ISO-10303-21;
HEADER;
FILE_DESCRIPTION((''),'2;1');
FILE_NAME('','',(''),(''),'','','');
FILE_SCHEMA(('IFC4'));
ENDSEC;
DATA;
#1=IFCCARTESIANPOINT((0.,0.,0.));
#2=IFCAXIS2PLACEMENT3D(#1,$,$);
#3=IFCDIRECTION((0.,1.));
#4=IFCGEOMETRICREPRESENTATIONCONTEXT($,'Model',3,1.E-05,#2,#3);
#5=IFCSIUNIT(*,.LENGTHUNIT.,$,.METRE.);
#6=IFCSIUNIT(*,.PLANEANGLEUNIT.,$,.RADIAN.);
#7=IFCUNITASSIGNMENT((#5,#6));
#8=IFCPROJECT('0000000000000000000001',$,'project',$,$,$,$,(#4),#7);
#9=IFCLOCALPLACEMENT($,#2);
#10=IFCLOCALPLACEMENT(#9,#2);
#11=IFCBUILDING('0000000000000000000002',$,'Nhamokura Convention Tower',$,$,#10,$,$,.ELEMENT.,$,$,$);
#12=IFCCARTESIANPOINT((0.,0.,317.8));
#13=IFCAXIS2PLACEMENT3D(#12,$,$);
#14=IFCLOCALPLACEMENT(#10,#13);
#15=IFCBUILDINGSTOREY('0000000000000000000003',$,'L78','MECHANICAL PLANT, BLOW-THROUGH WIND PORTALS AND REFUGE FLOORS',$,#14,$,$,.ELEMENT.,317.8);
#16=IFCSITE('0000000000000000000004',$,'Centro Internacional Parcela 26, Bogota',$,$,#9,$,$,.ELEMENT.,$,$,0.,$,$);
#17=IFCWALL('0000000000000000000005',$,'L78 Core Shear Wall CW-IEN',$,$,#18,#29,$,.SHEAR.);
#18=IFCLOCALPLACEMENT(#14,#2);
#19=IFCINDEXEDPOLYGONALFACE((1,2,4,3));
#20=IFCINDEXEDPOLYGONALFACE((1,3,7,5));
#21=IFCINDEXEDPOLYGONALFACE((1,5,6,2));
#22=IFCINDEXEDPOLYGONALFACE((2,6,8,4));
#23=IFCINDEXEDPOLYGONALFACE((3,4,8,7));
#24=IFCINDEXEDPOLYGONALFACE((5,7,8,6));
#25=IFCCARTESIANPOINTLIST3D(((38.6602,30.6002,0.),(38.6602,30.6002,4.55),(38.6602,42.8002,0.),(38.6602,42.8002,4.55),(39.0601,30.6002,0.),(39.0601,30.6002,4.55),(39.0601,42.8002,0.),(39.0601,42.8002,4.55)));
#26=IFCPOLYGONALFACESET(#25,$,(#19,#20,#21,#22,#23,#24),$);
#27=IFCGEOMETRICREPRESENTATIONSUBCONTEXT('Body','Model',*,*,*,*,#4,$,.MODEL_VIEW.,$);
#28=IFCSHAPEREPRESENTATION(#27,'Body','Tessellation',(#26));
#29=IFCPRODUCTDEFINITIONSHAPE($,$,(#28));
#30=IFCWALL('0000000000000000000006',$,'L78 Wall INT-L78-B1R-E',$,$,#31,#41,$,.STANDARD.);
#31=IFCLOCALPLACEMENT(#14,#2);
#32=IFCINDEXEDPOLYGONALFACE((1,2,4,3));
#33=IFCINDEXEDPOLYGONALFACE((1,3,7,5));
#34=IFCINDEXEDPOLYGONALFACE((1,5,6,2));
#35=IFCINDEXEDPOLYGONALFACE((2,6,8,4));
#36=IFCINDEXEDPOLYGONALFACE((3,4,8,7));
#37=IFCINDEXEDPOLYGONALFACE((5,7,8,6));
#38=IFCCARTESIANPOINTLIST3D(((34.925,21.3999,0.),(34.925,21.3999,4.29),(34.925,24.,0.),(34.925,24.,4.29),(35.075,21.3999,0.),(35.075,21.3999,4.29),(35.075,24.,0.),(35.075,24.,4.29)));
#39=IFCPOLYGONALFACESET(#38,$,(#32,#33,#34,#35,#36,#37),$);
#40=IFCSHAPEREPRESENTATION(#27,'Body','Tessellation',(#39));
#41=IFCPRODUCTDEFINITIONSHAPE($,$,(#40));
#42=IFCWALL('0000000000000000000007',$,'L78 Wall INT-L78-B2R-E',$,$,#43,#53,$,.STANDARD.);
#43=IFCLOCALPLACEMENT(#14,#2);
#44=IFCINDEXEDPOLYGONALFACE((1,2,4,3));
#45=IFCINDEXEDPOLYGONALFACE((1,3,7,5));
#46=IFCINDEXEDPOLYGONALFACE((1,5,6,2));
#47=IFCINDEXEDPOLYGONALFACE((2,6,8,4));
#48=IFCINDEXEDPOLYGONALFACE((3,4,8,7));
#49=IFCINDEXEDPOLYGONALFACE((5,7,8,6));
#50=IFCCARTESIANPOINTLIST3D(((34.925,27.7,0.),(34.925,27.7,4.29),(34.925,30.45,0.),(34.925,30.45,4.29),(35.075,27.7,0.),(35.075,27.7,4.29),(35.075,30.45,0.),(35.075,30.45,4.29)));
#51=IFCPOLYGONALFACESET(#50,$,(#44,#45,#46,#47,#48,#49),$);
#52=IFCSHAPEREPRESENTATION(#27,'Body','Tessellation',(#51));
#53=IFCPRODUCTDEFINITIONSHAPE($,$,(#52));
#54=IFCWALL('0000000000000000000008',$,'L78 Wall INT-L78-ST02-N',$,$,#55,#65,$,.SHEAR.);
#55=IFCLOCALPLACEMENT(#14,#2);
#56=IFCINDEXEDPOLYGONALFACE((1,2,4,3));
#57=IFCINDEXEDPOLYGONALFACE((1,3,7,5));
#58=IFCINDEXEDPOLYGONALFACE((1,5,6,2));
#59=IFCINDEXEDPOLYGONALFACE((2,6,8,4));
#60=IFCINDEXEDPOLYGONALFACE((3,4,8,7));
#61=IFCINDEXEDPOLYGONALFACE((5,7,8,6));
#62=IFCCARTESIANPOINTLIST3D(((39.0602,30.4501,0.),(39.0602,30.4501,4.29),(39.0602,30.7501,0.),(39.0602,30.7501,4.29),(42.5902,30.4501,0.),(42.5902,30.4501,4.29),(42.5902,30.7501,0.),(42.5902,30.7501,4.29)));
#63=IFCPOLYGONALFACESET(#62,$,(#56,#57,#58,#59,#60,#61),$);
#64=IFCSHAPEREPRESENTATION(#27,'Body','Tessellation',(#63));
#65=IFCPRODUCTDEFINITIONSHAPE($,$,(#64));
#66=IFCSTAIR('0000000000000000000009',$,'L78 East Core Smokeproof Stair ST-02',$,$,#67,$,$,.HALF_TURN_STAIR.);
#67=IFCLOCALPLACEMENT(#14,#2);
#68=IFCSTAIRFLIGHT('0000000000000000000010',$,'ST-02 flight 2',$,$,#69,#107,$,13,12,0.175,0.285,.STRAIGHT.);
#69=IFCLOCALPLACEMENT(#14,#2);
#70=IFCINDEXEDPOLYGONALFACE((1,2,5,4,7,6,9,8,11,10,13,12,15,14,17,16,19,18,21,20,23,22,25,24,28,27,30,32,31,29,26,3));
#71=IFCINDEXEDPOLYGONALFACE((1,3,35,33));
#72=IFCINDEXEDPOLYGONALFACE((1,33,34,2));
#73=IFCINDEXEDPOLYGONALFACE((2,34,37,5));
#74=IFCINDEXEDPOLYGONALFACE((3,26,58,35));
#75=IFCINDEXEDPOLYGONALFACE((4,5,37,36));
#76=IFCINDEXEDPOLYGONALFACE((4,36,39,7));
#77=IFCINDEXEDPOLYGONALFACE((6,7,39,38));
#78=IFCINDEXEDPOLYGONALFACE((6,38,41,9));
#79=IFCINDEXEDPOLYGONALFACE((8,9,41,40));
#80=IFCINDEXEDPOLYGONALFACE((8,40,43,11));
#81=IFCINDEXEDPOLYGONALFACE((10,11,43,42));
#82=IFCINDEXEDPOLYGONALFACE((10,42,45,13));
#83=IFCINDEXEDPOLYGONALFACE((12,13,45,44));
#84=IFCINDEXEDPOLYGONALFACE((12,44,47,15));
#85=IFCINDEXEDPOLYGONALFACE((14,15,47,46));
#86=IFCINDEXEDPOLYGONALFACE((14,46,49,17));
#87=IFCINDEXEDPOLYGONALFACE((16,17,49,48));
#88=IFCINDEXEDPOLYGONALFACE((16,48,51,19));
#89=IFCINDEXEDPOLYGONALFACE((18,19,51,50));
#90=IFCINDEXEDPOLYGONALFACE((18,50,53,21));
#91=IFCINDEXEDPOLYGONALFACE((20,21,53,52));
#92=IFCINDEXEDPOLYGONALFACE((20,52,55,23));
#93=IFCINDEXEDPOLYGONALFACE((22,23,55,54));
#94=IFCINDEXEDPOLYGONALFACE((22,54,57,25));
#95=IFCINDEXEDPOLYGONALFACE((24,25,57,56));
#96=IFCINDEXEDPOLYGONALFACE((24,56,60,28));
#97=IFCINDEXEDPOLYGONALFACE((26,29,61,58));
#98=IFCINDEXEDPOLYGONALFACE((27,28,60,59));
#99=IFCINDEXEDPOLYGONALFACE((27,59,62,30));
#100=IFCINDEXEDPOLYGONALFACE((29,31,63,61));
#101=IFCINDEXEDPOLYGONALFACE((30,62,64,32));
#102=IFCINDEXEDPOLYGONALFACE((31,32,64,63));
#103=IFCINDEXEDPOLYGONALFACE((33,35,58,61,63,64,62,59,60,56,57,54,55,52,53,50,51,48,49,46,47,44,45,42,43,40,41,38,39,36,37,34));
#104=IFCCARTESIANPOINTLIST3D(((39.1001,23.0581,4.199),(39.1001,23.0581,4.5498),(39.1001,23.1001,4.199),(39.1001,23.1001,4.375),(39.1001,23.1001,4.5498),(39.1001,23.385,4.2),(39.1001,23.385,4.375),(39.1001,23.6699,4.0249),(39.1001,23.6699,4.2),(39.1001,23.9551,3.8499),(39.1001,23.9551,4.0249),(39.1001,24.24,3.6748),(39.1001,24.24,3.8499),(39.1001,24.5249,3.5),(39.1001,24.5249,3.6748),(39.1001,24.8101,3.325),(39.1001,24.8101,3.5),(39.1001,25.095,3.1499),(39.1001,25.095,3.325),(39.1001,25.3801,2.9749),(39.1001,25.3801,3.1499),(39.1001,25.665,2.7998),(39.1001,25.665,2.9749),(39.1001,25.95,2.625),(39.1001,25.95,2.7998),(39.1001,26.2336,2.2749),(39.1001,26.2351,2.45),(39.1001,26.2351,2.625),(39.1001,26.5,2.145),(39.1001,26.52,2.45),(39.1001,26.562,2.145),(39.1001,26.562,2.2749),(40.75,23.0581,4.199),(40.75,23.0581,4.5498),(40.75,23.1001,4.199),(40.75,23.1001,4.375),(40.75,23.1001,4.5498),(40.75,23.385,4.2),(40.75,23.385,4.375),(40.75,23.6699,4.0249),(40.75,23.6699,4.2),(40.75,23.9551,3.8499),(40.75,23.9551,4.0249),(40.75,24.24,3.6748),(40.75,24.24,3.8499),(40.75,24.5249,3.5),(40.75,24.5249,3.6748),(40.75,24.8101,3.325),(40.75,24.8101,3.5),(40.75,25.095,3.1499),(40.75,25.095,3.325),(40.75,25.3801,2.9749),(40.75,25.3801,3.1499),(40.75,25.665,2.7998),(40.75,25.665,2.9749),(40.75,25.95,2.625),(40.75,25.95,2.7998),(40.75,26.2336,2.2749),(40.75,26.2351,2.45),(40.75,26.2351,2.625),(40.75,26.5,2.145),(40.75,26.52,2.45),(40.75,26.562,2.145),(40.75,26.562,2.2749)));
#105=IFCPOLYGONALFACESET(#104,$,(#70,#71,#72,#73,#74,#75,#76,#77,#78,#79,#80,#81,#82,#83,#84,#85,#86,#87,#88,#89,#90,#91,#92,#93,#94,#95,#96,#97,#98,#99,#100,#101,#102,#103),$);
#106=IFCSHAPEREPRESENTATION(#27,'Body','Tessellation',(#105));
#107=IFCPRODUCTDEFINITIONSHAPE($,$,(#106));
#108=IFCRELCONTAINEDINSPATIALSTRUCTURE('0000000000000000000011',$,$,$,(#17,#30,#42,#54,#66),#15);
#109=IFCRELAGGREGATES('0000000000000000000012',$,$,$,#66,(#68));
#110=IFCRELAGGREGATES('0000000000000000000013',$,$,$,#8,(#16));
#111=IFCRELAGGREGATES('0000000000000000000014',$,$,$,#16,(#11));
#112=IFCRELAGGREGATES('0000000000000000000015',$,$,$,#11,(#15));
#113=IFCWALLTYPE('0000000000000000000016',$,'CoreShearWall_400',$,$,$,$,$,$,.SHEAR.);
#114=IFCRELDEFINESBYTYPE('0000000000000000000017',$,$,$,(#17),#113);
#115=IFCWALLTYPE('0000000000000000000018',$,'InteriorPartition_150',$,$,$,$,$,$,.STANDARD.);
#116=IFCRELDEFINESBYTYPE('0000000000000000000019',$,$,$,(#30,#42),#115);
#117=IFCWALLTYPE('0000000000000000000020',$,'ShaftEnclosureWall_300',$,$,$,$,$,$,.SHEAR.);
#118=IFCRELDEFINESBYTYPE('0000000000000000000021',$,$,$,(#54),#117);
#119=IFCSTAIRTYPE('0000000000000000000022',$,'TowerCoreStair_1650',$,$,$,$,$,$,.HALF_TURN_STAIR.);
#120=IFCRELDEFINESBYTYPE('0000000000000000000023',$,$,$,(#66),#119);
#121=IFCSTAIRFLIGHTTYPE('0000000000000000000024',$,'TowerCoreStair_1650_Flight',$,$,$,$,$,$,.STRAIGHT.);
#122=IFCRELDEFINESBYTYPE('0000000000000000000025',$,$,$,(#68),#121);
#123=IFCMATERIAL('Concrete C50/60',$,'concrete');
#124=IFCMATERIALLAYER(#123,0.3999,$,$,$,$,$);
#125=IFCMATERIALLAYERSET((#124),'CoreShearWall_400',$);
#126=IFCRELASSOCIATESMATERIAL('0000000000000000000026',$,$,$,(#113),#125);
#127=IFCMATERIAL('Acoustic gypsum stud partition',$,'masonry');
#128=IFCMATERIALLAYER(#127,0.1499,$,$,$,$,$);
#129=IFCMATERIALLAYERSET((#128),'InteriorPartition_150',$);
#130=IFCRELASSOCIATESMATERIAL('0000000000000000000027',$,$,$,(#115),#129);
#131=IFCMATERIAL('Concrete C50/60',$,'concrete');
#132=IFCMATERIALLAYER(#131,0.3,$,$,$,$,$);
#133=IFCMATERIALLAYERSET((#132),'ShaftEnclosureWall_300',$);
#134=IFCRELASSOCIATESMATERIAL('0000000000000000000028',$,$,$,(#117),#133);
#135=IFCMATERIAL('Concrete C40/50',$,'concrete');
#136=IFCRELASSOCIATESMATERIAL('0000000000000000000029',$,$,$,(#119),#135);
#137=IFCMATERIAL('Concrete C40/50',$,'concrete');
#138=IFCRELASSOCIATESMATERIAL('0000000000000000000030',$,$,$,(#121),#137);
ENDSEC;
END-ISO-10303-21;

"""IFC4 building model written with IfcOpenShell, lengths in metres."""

from ifc_helpers import new_model, si_unit, direction, frame, frame_2d, origin, place, context, subcontext, project, spatial, polyline, rectangle, outline, extrude, material, layer, layer_set, type_object, element, aggregate, save


model = new_model("IFC4")

# Units and contexts
model_context = context("Model", 3, precision=1e-05, world=origin(), true_north=direction((0.0, 1.0)))
body_context = subcontext(model_context, "Body", "Model", "MODEL_VIEW")
ifc_project = project(units=[si_unit("LENGTHUNIT", "METRE"), si_unit("PLANEANGLEUNIT", "RADIAN")], contexts=[model_context])

# Site, building, storey
site_placement = place(None, origin())
site = spatial("IfcSite", under=ifc_project, at=site_placement, Name="Centro Internacional Parcela 26, Bogota", CompositionType="ELEMENT", RefElevation=0.0)
building_placement = place(site_placement, origin())
building = spatial("IfcBuilding", under=site, at=building_placement, Name="Nhamokura Convention Tower", CompositionType="ELEMENT")
storey_placement = place(building_placement, frame((0.0, 0.0, 317.8)))
storey = spatial("IfcBuildingStorey", under=building, at=storey_placement, Name="L78", Description="MECHANICAL PLANT, BLOW-THROUGH WIND PORTALS AND REFUGE FLOORS", CompositionType="ELEMENT", Elevation=317.8)

# Wall
ifc_material_1 = material(Name="Concrete C50/60", Category="concrete")
ifc_layer_1 = layer(ifc_material_1, 0.3999)
ifc_layer_set_1 = layer_set([ifc_layer_1], Name="CoreShearWall_400")
wall_type_1 = type_object("IfcWallType", Name="CoreShearWall_400", PredefinedType="SHEAR", material=ifc_layer_set_1)
wall_1_placement = place(storey_placement, frame((38.8601, 30.6001, 0.0), z_axis=(0.0, 0.0, 1.0), x_axis=(0.0, 1.0, 0.0)))
element("IfcWall", 1, at=wall_1_placement, inside=storey, type_object=wall_type_1, Name="L78 Core Shear Wall CW-IEN", PredefinedType="SHEAR", context=body_context, shape_type="SweptSolid", body=[
    extrude(rectangle(XDim=12.2, YDim=0.3999, at=frame_2d((6.1001, 0.0))), origin(), (0.0, 0.0, 1.0), 4.55),
])

# Walls
ifc_material_2 = material(Name="Acoustic gypsum stud partition", Category="masonry")
ifc_layer_2 = layer(ifc_material_2, 0.1499)
ifc_layer_set_2 = layer_set([ifc_layer_2], Name="InteriorPartition_150")
wall_type_2 = type_object("IfcWallType", Name="InteriorPartition_150", PredefinedType="STANDARD", material=ifc_layer_set_2)
wall_2_placement = place(storey_placement, frame((35.0, 21.3999, 0.0), z_axis=(0.0, 0.0, 1.0), x_axis=(0.0, 1.0, 0.0)))
element("IfcWall", 2, at=wall_2_placement, inside=storey, type_object=wall_type_2, Name="L78 Wall INT-L78-B1R-E", PredefinedType="STANDARD", context=body_context, shape_type="SweptSolid", body=[
    extrude(rectangle(XDim=2.6001, YDim=0.1499, at=frame_2d((1.3, 0.0))), origin(), (0.0, 0.0, 1.0), 4.29),
])
wall_3_placement = place(storey_placement, frame((35.0, 27.7, 0.0), z_axis=(0.0, 0.0, 1.0), x_axis=(0.0, 1.0, 0.0)))
element("IfcWall", 3, at=wall_3_placement, inside=storey, type_object=wall_type_2, Name="L78 Wall INT-L78-B2R-E", PredefinedType="STANDARD", context=body_context, shape_type="SweptSolid", body=[
    extrude(rectangle(XDim=2.75, YDim=0.1499, at=frame_2d((1.375, 0.0))), origin(), (0.0, 0.0, 1.0), 4.29),
])
ifc_material_3 = material(Name="Concrete C50/60", Category="concrete")
ifc_layer_3 = layer(ifc_material_3, 0.3)
ifc_layer_set_3 = layer_set([ifc_layer_3], Name="ShaftEnclosureWall_300")
wall_type_3 = type_object("IfcWallType", Name="ShaftEnclosureWall_300", PredefinedType="SHEAR", material=ifc_layer_set_3)
wall_4_placement = place(storey_placement, frame((39.0601, 30.6001, 0.0), z_axis=(0.0, 0.0, 1.0), x_axis=(1.0, 0.0, 0.0)))
element("IfcWall", 4, at=wall_4_placement, inside=storey, type_object=wall_type_3, Name="L78 Wall INT-L78-ST02-N", PredefinedType="SHEAR", context=body_context, shape_type="SweptSolid", body=[
    extrude(rectangle(XDim=3.53, YDim=0.3, at=frame_2d((1.7651, 0.0))), origin(), (0.0, 0.0, 1.0), 4.29),
])

# Stair, stair flight
ifc_material_4 = material(Name="Concrete C40/50", Category="concrete")
stair_type = type_object("IfcStairType", Name="TowerCoreStair_1650", PredefinedType="HALF_TURN_STAIR", material=ifc_material_4)
stair_placement = place(storey_placement, origin())
stair = element("IfcStair", 5, at=stair_placement, inside=storey, type_object=stair_type, Name="L78 East Core Smokeproof Stair ST-02", PredefinedType="HALF_TURN_STAIR")
ifc_material_5 = material(Name="Concrete C40/50", Category="concrete")
stair_flight_type = type_object("IfcStairFlightType", Name="TowerCoreStair_1650_Flight", PredefinedType="STRAIGHT", material=ifc_material_5)
stair_flight_placement = place(storey_placement, frame((39.925, 26.52, 2.2749), z_axis=(0.0, 0.0, 1.0), x_axis=(0.0, -1.0, 0.0)))
stair_flight = element("IfcStairFlight", 6, at=stair_flight_placement, type_object=stair_flight_type, Name="ST-02 flight 2", NumberOfRisers=13, NumberOfTreads=12, PredefinedType="STRAIGHT", RiserHeight=0.175, TreadLength=0.285, context=body_context, shape_type="SweptSolid", body=[
    extrude(outline(polyline([(-0.042, 0.0), (0.0, 0.175), (0.2849, 0.175), (0.2849, 0.3501), (0.5701, 0.3501), (0.5701, 0.5249), (0.855, 0.5249), (0.855, 0.7), (1.1399, 0.7), (1.1399, 0.875), (1.425, 0.875), (1.425, 1.05), (1.71, 1.05), (1.71, 1.2251), (1.9951, 1.2251), (1.9951, 1.3999), (2.28, 1.3999), (2.28, 1.575), (2.5649, 1.575), (2.5649, 1.75), (2.8501, 1.75), (2.8501, 1.925), (3.135, 1.925), (3.135, 2.1001), (3.4199, 2.1001), (3.4199, 2.2749), (3.4619, 2.2749), (3.4619, 1.9241), (3.4199, 1.9241), (0.2864, 0.0), (0.02, -0.1299), (-0.042, -0.1299), (-0.042, 0.0)])), frame((0.0, 0.825, 0.0), z_axis=(0.0, -1.0, 0.0), x_axis=(1.0, 0.0, 0.0)), (0.0, 0.0, 1.0), 1.6499),
])
aggregate(stair, [stair_flight])

save(model, "model.ifc")
